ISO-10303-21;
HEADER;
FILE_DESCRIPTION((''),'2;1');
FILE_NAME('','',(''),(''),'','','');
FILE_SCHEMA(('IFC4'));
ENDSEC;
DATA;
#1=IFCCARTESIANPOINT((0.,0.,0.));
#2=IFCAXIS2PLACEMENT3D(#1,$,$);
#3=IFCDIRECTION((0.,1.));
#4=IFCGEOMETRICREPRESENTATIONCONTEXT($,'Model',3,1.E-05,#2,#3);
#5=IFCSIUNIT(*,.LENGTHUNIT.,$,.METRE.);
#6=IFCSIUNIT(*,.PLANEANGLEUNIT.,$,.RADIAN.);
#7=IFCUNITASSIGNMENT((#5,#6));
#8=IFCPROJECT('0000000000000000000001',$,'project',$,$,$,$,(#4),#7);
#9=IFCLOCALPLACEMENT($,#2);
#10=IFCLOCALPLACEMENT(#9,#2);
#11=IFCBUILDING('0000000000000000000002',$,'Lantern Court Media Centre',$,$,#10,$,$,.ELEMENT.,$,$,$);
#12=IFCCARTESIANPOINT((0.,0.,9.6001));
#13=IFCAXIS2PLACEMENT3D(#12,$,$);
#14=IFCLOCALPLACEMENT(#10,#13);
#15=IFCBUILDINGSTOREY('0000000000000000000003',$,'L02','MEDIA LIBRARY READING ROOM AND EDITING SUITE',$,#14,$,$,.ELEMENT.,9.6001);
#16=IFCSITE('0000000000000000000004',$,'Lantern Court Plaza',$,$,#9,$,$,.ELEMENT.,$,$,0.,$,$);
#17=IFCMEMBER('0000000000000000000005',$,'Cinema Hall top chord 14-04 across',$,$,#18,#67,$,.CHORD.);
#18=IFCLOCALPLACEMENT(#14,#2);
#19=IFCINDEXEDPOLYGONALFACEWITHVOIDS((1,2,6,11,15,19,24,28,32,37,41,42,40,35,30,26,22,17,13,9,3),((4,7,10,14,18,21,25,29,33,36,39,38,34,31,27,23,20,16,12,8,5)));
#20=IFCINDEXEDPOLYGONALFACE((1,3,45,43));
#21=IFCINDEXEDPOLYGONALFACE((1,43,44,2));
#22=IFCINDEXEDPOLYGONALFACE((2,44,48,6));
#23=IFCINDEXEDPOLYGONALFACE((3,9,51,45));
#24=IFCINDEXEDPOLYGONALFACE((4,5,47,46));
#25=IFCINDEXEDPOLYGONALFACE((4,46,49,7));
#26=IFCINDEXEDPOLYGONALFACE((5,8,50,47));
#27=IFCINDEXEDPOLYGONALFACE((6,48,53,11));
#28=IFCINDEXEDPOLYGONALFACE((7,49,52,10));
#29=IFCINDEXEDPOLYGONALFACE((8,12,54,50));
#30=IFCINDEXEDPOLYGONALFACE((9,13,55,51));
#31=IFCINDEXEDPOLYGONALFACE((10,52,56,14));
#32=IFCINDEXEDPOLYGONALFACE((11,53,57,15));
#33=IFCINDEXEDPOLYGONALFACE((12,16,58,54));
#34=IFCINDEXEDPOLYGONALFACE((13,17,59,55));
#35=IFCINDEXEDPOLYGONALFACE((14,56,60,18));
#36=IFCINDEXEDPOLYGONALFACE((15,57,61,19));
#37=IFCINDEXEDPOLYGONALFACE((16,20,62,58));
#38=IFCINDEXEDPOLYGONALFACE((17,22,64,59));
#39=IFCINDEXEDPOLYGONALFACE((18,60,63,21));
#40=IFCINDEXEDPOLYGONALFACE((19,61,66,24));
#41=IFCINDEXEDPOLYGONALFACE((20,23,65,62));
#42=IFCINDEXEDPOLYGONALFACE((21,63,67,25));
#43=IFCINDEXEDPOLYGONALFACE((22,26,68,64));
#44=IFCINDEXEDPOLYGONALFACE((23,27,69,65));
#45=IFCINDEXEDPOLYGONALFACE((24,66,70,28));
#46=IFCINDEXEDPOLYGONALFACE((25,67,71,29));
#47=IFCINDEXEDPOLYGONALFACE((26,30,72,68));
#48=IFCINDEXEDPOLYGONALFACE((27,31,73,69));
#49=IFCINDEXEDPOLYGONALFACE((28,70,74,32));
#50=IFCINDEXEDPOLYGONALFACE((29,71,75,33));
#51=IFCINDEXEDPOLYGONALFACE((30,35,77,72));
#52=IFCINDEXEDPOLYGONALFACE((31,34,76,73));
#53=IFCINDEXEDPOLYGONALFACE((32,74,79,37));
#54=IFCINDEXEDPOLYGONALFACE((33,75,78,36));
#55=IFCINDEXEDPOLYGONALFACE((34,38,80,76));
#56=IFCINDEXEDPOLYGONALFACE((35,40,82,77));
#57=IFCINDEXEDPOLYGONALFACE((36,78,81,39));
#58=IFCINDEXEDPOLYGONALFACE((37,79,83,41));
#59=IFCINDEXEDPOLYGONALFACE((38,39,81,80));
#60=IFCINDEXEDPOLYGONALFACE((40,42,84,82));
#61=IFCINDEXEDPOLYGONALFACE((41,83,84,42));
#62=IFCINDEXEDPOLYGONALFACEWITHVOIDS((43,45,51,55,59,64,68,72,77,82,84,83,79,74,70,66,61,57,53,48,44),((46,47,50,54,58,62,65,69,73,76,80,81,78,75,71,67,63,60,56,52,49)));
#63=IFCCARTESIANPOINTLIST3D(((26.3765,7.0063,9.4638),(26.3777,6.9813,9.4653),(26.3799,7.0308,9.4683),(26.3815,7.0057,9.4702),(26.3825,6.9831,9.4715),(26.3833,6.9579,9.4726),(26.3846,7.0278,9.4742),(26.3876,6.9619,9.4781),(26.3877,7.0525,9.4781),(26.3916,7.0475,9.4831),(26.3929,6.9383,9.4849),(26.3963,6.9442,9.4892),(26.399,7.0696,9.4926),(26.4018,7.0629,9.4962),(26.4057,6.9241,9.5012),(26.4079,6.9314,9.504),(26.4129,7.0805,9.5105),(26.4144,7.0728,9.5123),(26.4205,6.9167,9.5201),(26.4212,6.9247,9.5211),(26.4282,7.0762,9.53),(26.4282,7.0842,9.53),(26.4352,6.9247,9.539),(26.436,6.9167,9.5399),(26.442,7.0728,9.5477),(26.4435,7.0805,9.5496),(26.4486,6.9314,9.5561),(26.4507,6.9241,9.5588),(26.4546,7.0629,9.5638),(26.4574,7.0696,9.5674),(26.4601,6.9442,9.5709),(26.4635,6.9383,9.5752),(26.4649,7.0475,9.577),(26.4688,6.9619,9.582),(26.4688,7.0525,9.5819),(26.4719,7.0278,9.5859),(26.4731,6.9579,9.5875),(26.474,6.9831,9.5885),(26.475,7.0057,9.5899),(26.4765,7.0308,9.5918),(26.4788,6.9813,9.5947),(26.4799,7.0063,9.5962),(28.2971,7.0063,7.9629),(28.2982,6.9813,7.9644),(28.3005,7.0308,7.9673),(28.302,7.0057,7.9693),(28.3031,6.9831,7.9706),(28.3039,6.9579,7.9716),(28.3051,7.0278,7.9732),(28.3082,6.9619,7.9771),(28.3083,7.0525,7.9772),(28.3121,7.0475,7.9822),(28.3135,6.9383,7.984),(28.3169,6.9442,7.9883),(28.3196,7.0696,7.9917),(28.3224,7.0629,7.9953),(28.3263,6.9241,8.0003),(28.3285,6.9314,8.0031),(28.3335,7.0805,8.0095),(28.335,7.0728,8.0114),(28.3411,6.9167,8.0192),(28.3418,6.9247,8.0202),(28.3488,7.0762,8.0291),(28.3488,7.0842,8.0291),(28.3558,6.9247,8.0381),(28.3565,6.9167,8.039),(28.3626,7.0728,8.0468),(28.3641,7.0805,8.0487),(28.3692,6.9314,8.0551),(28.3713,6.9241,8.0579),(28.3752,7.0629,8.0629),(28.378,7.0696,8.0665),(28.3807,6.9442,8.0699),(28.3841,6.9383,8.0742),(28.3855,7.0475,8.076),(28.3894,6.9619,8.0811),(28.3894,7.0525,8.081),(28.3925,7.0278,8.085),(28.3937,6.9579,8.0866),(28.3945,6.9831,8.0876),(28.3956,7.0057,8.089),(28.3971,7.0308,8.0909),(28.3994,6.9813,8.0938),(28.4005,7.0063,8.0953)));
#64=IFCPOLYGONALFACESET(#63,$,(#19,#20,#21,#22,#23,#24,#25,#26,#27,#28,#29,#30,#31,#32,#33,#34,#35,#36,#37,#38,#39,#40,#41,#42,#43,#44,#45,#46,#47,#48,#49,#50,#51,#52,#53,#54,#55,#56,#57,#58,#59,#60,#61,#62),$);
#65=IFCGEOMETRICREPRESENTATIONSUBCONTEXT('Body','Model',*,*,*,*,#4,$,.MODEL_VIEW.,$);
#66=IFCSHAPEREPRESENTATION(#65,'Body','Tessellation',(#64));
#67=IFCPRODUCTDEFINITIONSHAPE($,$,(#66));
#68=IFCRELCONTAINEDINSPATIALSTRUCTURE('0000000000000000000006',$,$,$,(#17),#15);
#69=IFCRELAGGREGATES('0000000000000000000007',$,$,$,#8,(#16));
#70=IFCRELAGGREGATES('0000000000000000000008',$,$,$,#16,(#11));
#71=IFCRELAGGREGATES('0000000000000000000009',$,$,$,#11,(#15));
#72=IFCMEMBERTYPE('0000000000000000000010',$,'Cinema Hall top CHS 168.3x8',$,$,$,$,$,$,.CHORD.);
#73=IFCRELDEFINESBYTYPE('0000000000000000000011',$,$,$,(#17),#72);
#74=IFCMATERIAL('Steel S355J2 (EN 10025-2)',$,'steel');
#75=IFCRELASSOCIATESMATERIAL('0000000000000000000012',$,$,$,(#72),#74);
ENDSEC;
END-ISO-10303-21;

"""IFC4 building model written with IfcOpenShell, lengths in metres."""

from ifc_helpers import new_model, si_unit, direction, frame, origin, origin_2d, place, context, subcontext, project, spatial, hollow_circle, extrude, material, material_profile, profile_set, type_object, element, save


model = new_model("IFC4")

# Units and contexts
model_context = context("Model", 3, precision=1e-05, world=origin(), true_north=direction((0.0, 1.0)))
body_context = subcontext(model_context, "Body", "Model", "MODEL_VIEW")
ifc_project = project(units=[si_unit("LENGTHUNIT", "METRE"), si_unit("PLANEANGLEUNIT", "RADIAN")], contexts=[model_context])

# Site, building, storey
site_placement = place(None, origin())
site = spatial("IfcSite", under=ifc_project, at=site_placement, Name="Lantern Court Plaza", CompositionType="ELEMENT", RefElevation=0.0)
building_placement = place(site_placement, origin())
building = spatial("IfcBuilding", under=site, at=building_placement, Name="Lantern Court Media Centre", CompositionType="ELEMENT")
storey_placement = place(building_placement, frame((0.0, 0.0, 9.6001)))
storey = spatial("IfcBuildingStorey", under=building, at=storey_placement, Name="L02", Description="MEDIA LIBRARY READING ROOM AND EDITING SUITE", CompositionType="ELEMENT", Elevation=9.6001)

# Member
ifc_material = material(Name="Steel S355J2 (EN 10025-2)", Category="steel")
ifc_material_profile_1 = material_profile(ifc_material, hollow_circle(Radius=0.0842, WallThickness=0.0081, at=origin_2d()), Name="Cinema Hall top CHS 168.3x8")
ifc_profile_set_1 = profile_set([ifc_material_profile_1], Name="Steel S355J2 (EN 10025-2)")
member_type_1 = type_object("IfcMemberType", Name="Cinema Hall top CHS 168.3x8", PredefinedType="CHORD", material=ifc_profile_set_1)
member_1_placement = place(storey_placement, frame((26.4282, 7.0, 9.53), z_axis=(0.787932, 0.0, -0.615763), x_axis=(0.0, 1.0, 0.0)))
element("IfcMember", 1, at=member_1_placement, inside=storey, type_object=member_type_1, Name="Cinema Hall top chord 14-04 across", PredefinedType="CHORD", context=body_context, shape_type="SweptSolid", body=[
    extrude(hollow_circle(Radius=0.0842, WallThickness=0.0081, at=origin_2d()), origin(), (0.0, 0.0, 1.0), 2.4375),
])

save(model, "model.ifc")
